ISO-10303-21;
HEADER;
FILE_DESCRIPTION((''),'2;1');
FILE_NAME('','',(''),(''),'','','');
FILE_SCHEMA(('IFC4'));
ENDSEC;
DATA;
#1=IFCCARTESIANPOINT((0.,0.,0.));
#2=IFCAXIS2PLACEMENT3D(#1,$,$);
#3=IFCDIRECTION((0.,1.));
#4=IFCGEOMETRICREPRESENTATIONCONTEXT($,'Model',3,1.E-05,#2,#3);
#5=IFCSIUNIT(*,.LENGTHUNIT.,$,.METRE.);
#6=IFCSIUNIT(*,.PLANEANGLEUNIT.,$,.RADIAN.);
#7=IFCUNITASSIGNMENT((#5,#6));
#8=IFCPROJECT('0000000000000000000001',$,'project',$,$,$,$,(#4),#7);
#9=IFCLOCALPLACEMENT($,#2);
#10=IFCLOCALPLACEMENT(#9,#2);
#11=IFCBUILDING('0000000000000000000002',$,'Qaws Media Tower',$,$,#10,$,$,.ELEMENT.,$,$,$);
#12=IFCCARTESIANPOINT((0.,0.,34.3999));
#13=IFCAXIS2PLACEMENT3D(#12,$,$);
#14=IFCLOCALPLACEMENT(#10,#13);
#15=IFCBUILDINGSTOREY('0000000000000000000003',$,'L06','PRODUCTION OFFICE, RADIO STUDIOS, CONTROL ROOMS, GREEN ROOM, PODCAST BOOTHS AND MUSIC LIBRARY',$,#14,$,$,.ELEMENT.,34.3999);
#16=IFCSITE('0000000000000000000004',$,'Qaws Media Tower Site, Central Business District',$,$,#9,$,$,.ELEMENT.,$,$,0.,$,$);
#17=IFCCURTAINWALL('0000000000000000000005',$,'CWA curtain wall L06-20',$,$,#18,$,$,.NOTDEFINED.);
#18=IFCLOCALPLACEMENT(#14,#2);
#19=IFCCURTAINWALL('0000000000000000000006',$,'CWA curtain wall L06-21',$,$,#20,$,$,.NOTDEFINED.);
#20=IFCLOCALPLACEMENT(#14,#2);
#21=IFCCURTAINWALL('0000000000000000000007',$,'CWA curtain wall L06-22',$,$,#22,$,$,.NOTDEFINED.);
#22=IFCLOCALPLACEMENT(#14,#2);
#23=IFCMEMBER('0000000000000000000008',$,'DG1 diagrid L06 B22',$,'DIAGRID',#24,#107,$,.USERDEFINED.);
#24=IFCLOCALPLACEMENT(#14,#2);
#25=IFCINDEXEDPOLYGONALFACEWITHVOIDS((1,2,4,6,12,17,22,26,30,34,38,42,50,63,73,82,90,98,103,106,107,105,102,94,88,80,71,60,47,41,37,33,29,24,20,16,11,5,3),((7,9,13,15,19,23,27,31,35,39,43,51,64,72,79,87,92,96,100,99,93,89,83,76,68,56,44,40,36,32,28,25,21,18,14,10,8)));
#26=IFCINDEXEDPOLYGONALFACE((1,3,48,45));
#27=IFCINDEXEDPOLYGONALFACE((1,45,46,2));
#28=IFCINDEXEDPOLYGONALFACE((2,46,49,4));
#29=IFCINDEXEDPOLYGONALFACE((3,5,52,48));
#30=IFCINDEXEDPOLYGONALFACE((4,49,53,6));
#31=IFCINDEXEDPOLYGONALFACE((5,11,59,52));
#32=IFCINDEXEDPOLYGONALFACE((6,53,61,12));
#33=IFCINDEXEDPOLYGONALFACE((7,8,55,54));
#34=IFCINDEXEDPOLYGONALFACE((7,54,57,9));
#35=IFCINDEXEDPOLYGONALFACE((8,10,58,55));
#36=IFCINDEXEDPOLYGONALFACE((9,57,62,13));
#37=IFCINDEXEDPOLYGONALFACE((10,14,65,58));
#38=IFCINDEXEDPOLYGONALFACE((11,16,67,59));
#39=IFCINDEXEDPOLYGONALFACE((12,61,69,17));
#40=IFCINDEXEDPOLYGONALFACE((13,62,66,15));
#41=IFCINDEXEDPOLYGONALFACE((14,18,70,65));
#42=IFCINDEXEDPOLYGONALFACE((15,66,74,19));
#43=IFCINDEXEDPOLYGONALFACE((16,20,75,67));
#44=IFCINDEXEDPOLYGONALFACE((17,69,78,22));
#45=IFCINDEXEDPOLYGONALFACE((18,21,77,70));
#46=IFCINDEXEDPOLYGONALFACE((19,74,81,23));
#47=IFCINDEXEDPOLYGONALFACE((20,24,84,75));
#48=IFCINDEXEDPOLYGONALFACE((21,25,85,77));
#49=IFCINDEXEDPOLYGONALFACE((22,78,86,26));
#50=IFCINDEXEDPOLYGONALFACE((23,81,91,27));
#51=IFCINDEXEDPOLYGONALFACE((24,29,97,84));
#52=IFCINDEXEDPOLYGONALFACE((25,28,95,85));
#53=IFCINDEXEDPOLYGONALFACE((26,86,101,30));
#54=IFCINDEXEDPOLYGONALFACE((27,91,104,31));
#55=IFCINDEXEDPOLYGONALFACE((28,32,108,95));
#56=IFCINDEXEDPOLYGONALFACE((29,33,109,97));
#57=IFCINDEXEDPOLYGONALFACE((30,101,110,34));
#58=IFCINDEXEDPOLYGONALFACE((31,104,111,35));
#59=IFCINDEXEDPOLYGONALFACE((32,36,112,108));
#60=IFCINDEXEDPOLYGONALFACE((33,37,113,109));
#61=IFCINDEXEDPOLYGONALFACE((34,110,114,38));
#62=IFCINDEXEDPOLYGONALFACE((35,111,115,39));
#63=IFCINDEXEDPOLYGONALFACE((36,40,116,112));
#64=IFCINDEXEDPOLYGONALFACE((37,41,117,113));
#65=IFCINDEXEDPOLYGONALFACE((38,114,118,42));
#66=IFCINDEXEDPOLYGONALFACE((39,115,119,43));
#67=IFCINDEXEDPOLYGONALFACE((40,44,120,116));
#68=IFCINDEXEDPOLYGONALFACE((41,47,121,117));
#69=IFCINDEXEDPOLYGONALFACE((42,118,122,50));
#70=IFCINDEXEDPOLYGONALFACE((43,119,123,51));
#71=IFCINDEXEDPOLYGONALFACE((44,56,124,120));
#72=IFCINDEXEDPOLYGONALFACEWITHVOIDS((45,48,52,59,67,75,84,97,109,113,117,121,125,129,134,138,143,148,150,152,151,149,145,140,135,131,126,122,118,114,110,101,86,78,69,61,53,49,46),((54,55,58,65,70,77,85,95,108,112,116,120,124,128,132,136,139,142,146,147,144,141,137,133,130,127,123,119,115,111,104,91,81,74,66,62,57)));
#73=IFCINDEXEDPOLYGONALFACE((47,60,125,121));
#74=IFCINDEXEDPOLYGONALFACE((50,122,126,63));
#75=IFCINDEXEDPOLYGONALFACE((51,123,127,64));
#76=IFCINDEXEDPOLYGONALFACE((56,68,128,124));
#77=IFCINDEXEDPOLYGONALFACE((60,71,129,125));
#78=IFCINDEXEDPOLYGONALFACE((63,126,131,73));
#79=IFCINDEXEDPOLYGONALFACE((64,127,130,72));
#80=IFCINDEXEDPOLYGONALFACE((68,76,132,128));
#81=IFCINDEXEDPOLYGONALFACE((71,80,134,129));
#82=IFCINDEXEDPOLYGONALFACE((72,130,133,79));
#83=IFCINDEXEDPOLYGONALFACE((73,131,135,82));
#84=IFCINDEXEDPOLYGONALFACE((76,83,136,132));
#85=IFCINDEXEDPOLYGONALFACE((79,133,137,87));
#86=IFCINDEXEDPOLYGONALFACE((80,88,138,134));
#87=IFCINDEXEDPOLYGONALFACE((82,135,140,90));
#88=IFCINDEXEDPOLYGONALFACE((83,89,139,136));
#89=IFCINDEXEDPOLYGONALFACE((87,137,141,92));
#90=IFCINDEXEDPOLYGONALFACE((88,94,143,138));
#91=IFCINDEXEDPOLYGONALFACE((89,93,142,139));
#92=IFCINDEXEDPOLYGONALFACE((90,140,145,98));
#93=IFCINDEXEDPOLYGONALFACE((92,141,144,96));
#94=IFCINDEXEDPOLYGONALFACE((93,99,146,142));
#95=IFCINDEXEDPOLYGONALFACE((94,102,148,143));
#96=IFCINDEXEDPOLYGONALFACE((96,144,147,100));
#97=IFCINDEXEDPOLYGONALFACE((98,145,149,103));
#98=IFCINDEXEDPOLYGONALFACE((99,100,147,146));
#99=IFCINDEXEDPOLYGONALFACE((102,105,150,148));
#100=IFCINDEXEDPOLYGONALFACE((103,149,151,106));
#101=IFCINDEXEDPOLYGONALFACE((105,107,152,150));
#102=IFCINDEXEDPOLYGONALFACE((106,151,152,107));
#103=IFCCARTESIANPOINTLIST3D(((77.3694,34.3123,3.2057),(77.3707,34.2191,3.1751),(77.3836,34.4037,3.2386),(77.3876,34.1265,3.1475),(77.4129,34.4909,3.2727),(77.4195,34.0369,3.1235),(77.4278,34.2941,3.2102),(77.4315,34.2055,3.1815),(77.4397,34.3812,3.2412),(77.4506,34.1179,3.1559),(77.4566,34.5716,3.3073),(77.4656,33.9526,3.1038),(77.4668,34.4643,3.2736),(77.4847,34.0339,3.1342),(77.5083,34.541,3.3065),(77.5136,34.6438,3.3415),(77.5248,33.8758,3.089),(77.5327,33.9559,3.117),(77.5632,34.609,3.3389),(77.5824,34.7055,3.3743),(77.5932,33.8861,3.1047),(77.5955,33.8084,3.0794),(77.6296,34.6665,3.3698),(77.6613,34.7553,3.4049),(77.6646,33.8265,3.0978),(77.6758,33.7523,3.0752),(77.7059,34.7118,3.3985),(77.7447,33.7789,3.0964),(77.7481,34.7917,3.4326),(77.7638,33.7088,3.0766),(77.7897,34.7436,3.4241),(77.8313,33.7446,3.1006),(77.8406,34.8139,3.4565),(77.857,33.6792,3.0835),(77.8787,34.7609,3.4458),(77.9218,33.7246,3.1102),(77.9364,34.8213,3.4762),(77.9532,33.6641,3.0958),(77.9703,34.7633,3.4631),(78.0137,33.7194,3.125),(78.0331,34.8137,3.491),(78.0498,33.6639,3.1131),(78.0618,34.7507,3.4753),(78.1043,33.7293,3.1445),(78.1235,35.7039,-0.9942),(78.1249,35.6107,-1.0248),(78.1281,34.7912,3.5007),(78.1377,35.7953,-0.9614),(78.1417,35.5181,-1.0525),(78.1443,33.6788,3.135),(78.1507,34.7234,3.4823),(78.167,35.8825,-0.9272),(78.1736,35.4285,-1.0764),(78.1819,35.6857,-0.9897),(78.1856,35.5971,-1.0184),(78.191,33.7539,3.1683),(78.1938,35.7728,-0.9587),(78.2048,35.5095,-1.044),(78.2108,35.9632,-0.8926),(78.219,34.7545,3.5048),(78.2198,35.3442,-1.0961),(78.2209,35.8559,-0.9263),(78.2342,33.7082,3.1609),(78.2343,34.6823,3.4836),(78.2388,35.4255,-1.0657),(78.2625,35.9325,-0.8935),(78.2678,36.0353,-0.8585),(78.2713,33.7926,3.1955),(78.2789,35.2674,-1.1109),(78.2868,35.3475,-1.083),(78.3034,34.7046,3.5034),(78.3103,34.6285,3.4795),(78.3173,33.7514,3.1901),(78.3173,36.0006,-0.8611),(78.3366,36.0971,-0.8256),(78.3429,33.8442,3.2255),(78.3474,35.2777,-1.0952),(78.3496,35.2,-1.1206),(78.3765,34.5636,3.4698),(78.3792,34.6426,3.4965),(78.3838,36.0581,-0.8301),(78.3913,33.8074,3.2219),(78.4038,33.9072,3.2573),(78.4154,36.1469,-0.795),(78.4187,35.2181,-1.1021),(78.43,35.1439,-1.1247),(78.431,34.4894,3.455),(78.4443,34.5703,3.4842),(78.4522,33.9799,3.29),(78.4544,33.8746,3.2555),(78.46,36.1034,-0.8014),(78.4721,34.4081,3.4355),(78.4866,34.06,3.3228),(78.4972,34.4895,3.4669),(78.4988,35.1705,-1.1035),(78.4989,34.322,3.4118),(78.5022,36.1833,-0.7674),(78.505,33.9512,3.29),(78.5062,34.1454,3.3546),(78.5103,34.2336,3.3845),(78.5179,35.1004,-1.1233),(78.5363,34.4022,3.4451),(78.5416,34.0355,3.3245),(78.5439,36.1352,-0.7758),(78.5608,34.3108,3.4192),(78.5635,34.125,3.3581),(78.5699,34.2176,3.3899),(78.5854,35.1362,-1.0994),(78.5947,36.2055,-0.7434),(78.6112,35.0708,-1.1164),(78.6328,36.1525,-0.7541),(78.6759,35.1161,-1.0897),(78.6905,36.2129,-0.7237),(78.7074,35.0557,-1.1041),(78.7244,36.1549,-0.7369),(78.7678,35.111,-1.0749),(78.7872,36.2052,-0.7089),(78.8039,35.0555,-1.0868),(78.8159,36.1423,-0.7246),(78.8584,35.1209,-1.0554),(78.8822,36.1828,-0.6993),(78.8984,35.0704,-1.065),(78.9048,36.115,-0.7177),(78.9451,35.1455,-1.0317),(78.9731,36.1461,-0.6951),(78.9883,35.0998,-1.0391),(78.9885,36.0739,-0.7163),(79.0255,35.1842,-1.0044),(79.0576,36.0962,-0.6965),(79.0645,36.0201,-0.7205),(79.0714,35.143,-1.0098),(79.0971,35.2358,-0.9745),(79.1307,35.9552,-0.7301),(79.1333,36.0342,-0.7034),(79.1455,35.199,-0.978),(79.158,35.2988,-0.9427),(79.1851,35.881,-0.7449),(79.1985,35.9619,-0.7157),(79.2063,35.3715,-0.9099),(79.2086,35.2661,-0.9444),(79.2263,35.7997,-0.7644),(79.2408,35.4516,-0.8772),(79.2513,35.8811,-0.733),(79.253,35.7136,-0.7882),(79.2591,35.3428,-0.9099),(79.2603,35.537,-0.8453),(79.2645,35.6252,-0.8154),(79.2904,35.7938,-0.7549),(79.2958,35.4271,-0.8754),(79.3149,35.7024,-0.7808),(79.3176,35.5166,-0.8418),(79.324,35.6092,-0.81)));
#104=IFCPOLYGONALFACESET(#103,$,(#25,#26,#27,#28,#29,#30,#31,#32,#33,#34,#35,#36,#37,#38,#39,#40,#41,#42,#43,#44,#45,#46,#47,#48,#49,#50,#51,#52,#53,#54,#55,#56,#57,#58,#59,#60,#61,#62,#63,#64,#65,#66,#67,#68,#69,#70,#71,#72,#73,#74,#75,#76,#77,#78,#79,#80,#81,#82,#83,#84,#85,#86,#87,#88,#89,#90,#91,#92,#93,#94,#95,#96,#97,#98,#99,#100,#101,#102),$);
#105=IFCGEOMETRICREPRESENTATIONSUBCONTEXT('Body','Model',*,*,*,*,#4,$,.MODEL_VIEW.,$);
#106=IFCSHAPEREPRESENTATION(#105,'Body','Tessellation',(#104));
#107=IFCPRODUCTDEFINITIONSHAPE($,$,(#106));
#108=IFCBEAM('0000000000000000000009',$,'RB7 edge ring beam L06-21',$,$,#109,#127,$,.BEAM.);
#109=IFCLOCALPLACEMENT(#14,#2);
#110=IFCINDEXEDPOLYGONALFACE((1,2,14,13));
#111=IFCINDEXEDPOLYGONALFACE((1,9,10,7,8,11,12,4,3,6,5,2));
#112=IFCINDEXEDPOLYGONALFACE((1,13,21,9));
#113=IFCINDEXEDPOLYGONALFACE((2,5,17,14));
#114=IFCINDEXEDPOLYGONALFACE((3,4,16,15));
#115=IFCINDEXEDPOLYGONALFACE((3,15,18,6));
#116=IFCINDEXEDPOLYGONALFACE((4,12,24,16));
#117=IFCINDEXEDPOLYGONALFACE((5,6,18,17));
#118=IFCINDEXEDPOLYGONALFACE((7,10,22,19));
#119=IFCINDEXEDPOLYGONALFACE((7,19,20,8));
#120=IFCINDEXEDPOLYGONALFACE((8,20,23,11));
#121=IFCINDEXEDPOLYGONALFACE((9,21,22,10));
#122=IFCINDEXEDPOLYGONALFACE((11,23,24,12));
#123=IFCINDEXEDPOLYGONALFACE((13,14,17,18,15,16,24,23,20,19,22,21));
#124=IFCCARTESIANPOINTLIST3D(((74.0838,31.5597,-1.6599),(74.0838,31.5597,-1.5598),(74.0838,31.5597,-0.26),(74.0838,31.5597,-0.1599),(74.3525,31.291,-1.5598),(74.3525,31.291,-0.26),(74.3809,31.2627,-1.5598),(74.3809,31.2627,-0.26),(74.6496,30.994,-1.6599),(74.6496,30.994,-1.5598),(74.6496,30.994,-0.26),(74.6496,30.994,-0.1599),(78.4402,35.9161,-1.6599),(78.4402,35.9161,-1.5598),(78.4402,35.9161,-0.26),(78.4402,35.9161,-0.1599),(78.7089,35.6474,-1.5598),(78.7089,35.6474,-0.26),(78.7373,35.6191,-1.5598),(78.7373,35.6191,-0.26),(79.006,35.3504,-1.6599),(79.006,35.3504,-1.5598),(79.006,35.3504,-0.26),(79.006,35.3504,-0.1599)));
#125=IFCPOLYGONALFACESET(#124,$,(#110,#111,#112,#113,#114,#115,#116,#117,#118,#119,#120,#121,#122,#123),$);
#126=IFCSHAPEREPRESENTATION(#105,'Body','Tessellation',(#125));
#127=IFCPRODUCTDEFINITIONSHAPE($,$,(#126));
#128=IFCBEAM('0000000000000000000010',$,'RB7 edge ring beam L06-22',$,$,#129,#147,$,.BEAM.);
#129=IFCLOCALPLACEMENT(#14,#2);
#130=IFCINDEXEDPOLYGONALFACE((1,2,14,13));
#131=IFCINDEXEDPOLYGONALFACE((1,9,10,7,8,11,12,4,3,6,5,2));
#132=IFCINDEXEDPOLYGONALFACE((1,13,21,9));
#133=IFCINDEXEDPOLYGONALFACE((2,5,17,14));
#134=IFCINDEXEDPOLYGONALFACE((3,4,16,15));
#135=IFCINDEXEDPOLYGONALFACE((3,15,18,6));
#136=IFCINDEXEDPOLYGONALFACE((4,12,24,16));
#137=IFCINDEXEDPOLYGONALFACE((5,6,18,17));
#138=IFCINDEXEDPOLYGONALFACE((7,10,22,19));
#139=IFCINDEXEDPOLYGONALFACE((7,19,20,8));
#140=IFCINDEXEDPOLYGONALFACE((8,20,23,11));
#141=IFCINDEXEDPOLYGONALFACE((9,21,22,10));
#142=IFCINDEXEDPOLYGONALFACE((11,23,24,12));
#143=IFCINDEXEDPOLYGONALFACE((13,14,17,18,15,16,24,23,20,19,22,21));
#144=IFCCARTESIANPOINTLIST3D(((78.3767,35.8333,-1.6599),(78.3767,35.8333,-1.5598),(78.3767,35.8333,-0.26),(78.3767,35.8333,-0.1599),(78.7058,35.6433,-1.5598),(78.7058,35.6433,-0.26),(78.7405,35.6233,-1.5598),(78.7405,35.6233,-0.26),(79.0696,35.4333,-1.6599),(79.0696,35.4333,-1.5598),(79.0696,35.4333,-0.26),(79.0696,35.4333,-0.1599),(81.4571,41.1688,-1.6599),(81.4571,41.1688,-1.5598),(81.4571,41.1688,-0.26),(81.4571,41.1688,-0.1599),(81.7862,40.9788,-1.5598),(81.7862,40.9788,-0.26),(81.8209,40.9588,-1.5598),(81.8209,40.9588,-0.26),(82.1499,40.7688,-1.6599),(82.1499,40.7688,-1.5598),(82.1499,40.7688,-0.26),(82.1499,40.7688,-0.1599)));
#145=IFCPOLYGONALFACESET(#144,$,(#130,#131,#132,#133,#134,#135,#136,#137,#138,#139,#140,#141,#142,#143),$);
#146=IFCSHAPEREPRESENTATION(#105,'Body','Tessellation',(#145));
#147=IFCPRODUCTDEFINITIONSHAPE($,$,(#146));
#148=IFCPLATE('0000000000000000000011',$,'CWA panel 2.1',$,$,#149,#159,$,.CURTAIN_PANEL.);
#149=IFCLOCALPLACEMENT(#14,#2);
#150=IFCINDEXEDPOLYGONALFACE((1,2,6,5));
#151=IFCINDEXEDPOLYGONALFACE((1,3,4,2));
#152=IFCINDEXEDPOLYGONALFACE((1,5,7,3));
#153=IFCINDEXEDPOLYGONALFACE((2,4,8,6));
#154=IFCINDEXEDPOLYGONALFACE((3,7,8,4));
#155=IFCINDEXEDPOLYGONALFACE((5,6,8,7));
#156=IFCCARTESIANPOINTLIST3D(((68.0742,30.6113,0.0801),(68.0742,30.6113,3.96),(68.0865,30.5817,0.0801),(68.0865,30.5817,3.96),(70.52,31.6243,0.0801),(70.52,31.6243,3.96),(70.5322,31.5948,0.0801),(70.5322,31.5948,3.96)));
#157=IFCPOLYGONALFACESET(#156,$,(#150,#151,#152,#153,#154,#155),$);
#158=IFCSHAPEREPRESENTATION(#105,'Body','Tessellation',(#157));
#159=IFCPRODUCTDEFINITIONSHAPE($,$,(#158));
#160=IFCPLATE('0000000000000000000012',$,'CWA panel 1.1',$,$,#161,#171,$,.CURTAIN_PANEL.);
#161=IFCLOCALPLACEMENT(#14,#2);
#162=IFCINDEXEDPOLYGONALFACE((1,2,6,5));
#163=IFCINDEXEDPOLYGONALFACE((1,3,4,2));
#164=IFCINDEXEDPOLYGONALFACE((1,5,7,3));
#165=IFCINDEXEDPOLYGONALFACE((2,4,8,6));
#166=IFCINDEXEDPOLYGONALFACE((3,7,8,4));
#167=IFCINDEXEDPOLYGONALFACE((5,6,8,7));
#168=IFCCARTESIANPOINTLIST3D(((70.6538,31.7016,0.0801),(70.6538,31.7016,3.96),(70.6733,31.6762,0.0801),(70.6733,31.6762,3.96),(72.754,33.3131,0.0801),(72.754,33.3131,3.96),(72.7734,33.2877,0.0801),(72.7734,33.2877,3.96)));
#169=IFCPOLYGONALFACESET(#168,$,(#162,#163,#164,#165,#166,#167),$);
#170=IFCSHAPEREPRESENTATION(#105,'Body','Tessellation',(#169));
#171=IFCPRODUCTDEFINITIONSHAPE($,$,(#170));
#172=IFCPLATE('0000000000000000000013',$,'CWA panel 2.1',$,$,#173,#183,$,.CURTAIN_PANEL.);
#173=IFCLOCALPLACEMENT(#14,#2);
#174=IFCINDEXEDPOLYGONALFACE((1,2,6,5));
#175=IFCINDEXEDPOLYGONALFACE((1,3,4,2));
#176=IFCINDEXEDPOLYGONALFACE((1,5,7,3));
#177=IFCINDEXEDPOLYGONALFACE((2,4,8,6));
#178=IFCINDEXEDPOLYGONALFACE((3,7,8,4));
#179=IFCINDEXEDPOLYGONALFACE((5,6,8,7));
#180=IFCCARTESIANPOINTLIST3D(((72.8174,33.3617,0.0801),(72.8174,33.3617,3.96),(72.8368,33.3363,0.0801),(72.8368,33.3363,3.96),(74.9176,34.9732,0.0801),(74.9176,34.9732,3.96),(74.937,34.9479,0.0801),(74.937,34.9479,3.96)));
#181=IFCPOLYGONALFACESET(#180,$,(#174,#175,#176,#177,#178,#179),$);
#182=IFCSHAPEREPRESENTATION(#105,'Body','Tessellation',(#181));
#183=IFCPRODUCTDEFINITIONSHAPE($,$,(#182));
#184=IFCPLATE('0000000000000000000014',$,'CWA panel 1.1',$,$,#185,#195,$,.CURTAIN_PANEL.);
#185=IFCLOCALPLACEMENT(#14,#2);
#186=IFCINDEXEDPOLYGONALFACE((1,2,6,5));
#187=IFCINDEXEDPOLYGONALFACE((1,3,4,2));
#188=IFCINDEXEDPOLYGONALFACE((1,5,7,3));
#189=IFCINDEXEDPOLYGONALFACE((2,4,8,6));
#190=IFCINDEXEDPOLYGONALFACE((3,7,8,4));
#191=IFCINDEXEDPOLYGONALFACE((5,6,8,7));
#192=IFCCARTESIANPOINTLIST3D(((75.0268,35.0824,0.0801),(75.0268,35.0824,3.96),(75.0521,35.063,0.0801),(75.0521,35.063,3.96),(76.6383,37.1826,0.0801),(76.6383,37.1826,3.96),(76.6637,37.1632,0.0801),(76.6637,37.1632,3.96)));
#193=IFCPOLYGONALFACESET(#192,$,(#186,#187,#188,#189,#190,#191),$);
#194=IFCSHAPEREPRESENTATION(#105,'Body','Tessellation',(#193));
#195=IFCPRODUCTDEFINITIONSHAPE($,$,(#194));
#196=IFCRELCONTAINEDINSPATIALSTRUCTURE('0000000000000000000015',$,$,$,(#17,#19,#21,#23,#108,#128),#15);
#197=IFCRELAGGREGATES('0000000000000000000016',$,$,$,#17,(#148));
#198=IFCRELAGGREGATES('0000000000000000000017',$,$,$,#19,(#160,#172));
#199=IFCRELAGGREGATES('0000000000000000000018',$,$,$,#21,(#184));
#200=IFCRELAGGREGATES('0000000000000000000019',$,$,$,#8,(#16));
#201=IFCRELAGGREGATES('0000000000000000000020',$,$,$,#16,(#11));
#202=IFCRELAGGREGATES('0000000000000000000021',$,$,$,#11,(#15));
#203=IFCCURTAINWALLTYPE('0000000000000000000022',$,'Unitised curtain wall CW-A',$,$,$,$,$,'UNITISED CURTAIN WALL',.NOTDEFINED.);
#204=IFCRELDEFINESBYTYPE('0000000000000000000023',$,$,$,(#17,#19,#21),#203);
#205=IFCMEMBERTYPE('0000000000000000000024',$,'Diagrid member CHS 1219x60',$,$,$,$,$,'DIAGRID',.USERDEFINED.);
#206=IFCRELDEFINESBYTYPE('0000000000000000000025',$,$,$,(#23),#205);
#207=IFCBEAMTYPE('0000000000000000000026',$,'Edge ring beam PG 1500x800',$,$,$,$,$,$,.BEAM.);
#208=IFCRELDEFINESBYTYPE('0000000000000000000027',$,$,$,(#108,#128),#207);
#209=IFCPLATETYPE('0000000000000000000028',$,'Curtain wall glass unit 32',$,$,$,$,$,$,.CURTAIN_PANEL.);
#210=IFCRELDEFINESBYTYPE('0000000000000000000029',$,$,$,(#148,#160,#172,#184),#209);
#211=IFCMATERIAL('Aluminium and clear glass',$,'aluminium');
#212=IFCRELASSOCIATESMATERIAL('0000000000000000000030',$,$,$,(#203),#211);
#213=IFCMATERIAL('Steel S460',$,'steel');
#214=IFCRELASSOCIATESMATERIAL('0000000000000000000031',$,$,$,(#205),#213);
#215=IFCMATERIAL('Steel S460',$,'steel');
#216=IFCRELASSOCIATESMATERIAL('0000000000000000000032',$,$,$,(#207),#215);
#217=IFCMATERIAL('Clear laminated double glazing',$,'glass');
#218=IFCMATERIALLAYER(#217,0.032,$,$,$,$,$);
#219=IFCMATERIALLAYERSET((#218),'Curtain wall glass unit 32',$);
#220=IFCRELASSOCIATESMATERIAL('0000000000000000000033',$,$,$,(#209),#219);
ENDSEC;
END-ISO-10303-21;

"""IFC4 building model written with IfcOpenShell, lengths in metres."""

from ifc_helpers import new_model, si_unit, direction, frame, origin, origin_2d, place, context, subcontext, project, spatial, rectangle, hollow_circle, i_section, extrude, material, layer, layer_set, material_profile, profile_set, type_object, element, aggregate, save


model = new_model("IFC4")

# Units and contexts
model_context = context("Model", 3, precision=1e-05, world=origin(), true_north=direction((0.0, 1.0)))
body_context = subcontext(model_context, "Body", "Model", "MODEL_VIEW")
ifc_project = project(units=[si_unit("LENGTHUNIT", "METRE"), si_unit("PLANEANGLEUNIT", "RADIAN")], contexts=[model_context])

# Site, building, storey
site_placement = place(None, origin())
site = spatial("IfcSite", under=ifc_project, at=site_placement, Name="Qaws Media Tower Site, Central Business District", CompositionType="ELEMENT", RefElevation=0.0)
building_placement = place(site_placement, origin())
building = spatial("IfcBuilding", under=site, at=building_placement, Name="Qaws Media Tower", CompositionType="ELEMENT")
storey_placement = place(building_placement, frame((0.0, 0.0, 34.3999)))
storey = spatial("IfcBuildingStorey", under=building, at=storey_placement, Name="L06", Description="PRODUCTION OFFICE, RADIO STUDIOS, CONTROL ROOMS, GREEN ROOM, PODCAST BOOTHS AND MUSIC LIBRARY", CompositionType="ELEMENT", Elevation=34.3999)

# Curtain wall
ifc_material_1 = material(Name="Aluminium and clear glass", Category="aluminium")
curtain_wall_type = type_object("IfcCurtainWallType", Name="Unitised curtain wall CW-A", ElementType="UNITISED CURTAIN WALL", PredefinedType="NOTDEFINED", material=ifc_material_1)
curtain_wall_1_placement = place(storey_placement, origin())
curtain_wall_1 = element("IfcCurtainWall", 1, at=curtain_wall_1_placement, inside=storey, type_object=curtain_wall_type, Name="CWA curtain wall L06-20", PredefinedType="NOTDEFINED")

# Curtain walls
curtain_wall_2_placement = place(storey_placement, origin())
curtain_wall_2 = element("IfcCurtainWall", 2, at=curtain_wall_2_placement, inside=storey, type_object=curtain_wall_type, Name="CWA curtain wall L06-21", PredefinedType="NOTDEFINED")
curtain_wall_3_placement = place(storey_placement, origin())
curtain_wall_3 = element("IfcCurtainWall", 3, at=curtain_wall_3_placement, inside=storey, type_object=curtain_wall_type, Name="CWA curtain wall L06-22", PredefinedType="NOTDEFINED")

# Member
ifc_material_2 = material(Name="Steel S460", Category="steel")
ifc_material_profile_1 = material_profile(ifc_material_2, hollow_circle(Radius=0.6096, WallThickness=0.0601, at=origin_2d()), Name="CHS 1219x60")
ifc_profile_set_1 = profile_set([ifc_material_profile_1], Name="Steel S460")
member_type_1 = type_object("IfcMemberType", Name="Diagrid member CHS 1219x60", ElementType="DIAGRID", PredefinedType="USERDEFINED", material=ifc_profile_set_1)
for number, where, z_axis, x_axis, name in (
    (4, (78.7231, 35.6333, -0.9099), (-0.168026, -0.310051, 0.935754), (0.879195, -0.476462, 0.0), "DG1 diagrid L06 B22"),
):
    element("IfcMember", number, at=place(storey_placement, frame(where, z_axis=z_axis, x_axis=x_axis)), inside=storey, type_object=member_type_1, Name=name, ObjectType="DIAGRID", PredefinedType="USERDEFINED", context=body_context, shape_type="SweptSolid", body=[
        extrude(hollow_circle(Radius=0.6096, WallThickness=0.0601, at=origin_2d()), origin(), (0.0, 0.0, 1.0), 4.4883),
    ])

# Beams
ifc_material_3 = material(Name="Steel S460", Category="steel")
ifc_material_profile_2 = material_profile(ifc_material_3, i_section(OverallWidth=0.8, OverallDepth=1.5, WebThickness=0.04, FlangeThickness=0.1001, at=origin_2d()), Name="PG 1500x800")
ifc_profile_set_2 = profile_set([ifc_material_profile_2], Name="Steel S460")
beam_type = type_object("IfcBeamType", Name="Edge ring beam PG 1500x800", PredefinedType="BEAM", material=ifc_profile_set_2)
for number, where, z_axis, x_axis, name in (
    (5, (74.3667, 31.2769, -0.9099), (0.707107, 0.707107, 0.0), (-0.707107, 0.707107, 0.0), "RB7 edge ring beam L06-21"),
    (6, (78.7231, 35.6333, -0.9099), (0.499988, 0.866032, 0.0), (-0.866032, 0.499988, 0.0), "RB7 edge ring beam L06-22"),
):
    element("IfcBeam", number, at=place(storey_placement, frame(where, z_axis=z_axis, x_axis=x_axis)), inside=storey, type_object=beam_type, Name=name, PredefinedType="BEAM", context=body_context, shape_type="SweptSolid", body=[
        extrude(i_section(OverallWidth=0.8, OverallDepth=1.5, WebThickness=0.04, FlangeThickness=0.1001, at=origin_2d()), origin(), (0.0, 0.0, 1.0), 6.1609),
    ])

# Plates
ifc_material_4 = material(Name="Clear laminated double glazing", Category="glass")
ifc_layer_1 = layer(ifc_material_4, 0.032)
ifc_layer_set_1 = layer_set([ifc_layer_1], Name="Curtain wall glass unit 32")
plate_type_1 = type_object("IfcPlateType", Name="Curtain wall glass unit 32", PredefinedType="CURTAIN_PANEL", material=ifc_layer_set_1)
plate_1_placement = place(storey_placement, frame((69.3032, 31.103, 0.0801), z_axis=(0.0, 0.0, 1.0), x_axis=(0.92388, 0.382683, 0.0)))
plate_1 = element("IfcPlate", 7, at=plate_1_placement, type_object=plate_type_1, Name="CWA panel 2.1", PredefinedType="CURTAIN_PANEL", context=body_context, shape_type="SweptSolid", body=[
    extrude(rectangle(XDim=2.6472, YDim=0.032, at=origin_2d()), origin(), (0.0, 0.0, 1.0), 3.8799),
])
aggregate(curtain_wall_1, [plate_1])
plate_2_placement = place(storey_placement, frame((71.7136, 32.4946, 0.0801), z_axis=(0.0, 0.0, 1.0), x_axis=(0.793353, 0.608761, 0.0)))
plate_2 = element("IfcPlate", 8, at=plate_2_placement, type_object=plate_type_1, Name="CWA panel 1.1", PredefinedType="CURTAIN_PANEL", context=body_context, shape_type="SweptSolid", body=[
    extrude(rectangle(XDim=2.6472, YDim=0.032, at=origin_2d()), origin(), (0.0, 0.0, 1.0), 3.8799),
])
plate_3_placement = place(storey_placement, frame((73.8772, 34.1548, 0.0801), z_axis=(0.0, 0.0, 1.0), x_axis=(0.793353, 0.608761, 0.0)))
plate_3 = element("IfcPlate", 9, at=plate_3_placement, type_object=plate_type_1, Name="CWA panel 2.1", PredefinedType="CURTAIN_PANEL", context=body_context, shape_type="SweptSolid", body=[
    extrude(rectangle(XDim=2.6472, YDim=0.032, at=origin_2d()), origin(), (0.0, 0.0, 1.0), 3.8799),
])
aggregate(curtain_wall_2, [plate_2, plate_3])
plate_4_placement = place(storey_placement, frame((75.8452, 36.1228, 0.0801), z_axis=(0.0, 0.0, 1.0), x_axis=(0.608761, 0.793353, 0.0)))
plate_4 = element("IfcPlate", 10, at=plate_4_placement, type_object=plate_type_1, Name="CWA panel 1.1", PredefinedType="CURTAIN_PANEL", context=body_context, shape_type="SweptSolid", body=[
    extrude(rectangle(XDim=2.6472, YDim=0.032, at=origin_2d()), origin(), (0.0, 0.0, 1.0), 3.8799),
])
aggregate(curtain_wall_3, [plate_4])

save(model, "model.ifc")
